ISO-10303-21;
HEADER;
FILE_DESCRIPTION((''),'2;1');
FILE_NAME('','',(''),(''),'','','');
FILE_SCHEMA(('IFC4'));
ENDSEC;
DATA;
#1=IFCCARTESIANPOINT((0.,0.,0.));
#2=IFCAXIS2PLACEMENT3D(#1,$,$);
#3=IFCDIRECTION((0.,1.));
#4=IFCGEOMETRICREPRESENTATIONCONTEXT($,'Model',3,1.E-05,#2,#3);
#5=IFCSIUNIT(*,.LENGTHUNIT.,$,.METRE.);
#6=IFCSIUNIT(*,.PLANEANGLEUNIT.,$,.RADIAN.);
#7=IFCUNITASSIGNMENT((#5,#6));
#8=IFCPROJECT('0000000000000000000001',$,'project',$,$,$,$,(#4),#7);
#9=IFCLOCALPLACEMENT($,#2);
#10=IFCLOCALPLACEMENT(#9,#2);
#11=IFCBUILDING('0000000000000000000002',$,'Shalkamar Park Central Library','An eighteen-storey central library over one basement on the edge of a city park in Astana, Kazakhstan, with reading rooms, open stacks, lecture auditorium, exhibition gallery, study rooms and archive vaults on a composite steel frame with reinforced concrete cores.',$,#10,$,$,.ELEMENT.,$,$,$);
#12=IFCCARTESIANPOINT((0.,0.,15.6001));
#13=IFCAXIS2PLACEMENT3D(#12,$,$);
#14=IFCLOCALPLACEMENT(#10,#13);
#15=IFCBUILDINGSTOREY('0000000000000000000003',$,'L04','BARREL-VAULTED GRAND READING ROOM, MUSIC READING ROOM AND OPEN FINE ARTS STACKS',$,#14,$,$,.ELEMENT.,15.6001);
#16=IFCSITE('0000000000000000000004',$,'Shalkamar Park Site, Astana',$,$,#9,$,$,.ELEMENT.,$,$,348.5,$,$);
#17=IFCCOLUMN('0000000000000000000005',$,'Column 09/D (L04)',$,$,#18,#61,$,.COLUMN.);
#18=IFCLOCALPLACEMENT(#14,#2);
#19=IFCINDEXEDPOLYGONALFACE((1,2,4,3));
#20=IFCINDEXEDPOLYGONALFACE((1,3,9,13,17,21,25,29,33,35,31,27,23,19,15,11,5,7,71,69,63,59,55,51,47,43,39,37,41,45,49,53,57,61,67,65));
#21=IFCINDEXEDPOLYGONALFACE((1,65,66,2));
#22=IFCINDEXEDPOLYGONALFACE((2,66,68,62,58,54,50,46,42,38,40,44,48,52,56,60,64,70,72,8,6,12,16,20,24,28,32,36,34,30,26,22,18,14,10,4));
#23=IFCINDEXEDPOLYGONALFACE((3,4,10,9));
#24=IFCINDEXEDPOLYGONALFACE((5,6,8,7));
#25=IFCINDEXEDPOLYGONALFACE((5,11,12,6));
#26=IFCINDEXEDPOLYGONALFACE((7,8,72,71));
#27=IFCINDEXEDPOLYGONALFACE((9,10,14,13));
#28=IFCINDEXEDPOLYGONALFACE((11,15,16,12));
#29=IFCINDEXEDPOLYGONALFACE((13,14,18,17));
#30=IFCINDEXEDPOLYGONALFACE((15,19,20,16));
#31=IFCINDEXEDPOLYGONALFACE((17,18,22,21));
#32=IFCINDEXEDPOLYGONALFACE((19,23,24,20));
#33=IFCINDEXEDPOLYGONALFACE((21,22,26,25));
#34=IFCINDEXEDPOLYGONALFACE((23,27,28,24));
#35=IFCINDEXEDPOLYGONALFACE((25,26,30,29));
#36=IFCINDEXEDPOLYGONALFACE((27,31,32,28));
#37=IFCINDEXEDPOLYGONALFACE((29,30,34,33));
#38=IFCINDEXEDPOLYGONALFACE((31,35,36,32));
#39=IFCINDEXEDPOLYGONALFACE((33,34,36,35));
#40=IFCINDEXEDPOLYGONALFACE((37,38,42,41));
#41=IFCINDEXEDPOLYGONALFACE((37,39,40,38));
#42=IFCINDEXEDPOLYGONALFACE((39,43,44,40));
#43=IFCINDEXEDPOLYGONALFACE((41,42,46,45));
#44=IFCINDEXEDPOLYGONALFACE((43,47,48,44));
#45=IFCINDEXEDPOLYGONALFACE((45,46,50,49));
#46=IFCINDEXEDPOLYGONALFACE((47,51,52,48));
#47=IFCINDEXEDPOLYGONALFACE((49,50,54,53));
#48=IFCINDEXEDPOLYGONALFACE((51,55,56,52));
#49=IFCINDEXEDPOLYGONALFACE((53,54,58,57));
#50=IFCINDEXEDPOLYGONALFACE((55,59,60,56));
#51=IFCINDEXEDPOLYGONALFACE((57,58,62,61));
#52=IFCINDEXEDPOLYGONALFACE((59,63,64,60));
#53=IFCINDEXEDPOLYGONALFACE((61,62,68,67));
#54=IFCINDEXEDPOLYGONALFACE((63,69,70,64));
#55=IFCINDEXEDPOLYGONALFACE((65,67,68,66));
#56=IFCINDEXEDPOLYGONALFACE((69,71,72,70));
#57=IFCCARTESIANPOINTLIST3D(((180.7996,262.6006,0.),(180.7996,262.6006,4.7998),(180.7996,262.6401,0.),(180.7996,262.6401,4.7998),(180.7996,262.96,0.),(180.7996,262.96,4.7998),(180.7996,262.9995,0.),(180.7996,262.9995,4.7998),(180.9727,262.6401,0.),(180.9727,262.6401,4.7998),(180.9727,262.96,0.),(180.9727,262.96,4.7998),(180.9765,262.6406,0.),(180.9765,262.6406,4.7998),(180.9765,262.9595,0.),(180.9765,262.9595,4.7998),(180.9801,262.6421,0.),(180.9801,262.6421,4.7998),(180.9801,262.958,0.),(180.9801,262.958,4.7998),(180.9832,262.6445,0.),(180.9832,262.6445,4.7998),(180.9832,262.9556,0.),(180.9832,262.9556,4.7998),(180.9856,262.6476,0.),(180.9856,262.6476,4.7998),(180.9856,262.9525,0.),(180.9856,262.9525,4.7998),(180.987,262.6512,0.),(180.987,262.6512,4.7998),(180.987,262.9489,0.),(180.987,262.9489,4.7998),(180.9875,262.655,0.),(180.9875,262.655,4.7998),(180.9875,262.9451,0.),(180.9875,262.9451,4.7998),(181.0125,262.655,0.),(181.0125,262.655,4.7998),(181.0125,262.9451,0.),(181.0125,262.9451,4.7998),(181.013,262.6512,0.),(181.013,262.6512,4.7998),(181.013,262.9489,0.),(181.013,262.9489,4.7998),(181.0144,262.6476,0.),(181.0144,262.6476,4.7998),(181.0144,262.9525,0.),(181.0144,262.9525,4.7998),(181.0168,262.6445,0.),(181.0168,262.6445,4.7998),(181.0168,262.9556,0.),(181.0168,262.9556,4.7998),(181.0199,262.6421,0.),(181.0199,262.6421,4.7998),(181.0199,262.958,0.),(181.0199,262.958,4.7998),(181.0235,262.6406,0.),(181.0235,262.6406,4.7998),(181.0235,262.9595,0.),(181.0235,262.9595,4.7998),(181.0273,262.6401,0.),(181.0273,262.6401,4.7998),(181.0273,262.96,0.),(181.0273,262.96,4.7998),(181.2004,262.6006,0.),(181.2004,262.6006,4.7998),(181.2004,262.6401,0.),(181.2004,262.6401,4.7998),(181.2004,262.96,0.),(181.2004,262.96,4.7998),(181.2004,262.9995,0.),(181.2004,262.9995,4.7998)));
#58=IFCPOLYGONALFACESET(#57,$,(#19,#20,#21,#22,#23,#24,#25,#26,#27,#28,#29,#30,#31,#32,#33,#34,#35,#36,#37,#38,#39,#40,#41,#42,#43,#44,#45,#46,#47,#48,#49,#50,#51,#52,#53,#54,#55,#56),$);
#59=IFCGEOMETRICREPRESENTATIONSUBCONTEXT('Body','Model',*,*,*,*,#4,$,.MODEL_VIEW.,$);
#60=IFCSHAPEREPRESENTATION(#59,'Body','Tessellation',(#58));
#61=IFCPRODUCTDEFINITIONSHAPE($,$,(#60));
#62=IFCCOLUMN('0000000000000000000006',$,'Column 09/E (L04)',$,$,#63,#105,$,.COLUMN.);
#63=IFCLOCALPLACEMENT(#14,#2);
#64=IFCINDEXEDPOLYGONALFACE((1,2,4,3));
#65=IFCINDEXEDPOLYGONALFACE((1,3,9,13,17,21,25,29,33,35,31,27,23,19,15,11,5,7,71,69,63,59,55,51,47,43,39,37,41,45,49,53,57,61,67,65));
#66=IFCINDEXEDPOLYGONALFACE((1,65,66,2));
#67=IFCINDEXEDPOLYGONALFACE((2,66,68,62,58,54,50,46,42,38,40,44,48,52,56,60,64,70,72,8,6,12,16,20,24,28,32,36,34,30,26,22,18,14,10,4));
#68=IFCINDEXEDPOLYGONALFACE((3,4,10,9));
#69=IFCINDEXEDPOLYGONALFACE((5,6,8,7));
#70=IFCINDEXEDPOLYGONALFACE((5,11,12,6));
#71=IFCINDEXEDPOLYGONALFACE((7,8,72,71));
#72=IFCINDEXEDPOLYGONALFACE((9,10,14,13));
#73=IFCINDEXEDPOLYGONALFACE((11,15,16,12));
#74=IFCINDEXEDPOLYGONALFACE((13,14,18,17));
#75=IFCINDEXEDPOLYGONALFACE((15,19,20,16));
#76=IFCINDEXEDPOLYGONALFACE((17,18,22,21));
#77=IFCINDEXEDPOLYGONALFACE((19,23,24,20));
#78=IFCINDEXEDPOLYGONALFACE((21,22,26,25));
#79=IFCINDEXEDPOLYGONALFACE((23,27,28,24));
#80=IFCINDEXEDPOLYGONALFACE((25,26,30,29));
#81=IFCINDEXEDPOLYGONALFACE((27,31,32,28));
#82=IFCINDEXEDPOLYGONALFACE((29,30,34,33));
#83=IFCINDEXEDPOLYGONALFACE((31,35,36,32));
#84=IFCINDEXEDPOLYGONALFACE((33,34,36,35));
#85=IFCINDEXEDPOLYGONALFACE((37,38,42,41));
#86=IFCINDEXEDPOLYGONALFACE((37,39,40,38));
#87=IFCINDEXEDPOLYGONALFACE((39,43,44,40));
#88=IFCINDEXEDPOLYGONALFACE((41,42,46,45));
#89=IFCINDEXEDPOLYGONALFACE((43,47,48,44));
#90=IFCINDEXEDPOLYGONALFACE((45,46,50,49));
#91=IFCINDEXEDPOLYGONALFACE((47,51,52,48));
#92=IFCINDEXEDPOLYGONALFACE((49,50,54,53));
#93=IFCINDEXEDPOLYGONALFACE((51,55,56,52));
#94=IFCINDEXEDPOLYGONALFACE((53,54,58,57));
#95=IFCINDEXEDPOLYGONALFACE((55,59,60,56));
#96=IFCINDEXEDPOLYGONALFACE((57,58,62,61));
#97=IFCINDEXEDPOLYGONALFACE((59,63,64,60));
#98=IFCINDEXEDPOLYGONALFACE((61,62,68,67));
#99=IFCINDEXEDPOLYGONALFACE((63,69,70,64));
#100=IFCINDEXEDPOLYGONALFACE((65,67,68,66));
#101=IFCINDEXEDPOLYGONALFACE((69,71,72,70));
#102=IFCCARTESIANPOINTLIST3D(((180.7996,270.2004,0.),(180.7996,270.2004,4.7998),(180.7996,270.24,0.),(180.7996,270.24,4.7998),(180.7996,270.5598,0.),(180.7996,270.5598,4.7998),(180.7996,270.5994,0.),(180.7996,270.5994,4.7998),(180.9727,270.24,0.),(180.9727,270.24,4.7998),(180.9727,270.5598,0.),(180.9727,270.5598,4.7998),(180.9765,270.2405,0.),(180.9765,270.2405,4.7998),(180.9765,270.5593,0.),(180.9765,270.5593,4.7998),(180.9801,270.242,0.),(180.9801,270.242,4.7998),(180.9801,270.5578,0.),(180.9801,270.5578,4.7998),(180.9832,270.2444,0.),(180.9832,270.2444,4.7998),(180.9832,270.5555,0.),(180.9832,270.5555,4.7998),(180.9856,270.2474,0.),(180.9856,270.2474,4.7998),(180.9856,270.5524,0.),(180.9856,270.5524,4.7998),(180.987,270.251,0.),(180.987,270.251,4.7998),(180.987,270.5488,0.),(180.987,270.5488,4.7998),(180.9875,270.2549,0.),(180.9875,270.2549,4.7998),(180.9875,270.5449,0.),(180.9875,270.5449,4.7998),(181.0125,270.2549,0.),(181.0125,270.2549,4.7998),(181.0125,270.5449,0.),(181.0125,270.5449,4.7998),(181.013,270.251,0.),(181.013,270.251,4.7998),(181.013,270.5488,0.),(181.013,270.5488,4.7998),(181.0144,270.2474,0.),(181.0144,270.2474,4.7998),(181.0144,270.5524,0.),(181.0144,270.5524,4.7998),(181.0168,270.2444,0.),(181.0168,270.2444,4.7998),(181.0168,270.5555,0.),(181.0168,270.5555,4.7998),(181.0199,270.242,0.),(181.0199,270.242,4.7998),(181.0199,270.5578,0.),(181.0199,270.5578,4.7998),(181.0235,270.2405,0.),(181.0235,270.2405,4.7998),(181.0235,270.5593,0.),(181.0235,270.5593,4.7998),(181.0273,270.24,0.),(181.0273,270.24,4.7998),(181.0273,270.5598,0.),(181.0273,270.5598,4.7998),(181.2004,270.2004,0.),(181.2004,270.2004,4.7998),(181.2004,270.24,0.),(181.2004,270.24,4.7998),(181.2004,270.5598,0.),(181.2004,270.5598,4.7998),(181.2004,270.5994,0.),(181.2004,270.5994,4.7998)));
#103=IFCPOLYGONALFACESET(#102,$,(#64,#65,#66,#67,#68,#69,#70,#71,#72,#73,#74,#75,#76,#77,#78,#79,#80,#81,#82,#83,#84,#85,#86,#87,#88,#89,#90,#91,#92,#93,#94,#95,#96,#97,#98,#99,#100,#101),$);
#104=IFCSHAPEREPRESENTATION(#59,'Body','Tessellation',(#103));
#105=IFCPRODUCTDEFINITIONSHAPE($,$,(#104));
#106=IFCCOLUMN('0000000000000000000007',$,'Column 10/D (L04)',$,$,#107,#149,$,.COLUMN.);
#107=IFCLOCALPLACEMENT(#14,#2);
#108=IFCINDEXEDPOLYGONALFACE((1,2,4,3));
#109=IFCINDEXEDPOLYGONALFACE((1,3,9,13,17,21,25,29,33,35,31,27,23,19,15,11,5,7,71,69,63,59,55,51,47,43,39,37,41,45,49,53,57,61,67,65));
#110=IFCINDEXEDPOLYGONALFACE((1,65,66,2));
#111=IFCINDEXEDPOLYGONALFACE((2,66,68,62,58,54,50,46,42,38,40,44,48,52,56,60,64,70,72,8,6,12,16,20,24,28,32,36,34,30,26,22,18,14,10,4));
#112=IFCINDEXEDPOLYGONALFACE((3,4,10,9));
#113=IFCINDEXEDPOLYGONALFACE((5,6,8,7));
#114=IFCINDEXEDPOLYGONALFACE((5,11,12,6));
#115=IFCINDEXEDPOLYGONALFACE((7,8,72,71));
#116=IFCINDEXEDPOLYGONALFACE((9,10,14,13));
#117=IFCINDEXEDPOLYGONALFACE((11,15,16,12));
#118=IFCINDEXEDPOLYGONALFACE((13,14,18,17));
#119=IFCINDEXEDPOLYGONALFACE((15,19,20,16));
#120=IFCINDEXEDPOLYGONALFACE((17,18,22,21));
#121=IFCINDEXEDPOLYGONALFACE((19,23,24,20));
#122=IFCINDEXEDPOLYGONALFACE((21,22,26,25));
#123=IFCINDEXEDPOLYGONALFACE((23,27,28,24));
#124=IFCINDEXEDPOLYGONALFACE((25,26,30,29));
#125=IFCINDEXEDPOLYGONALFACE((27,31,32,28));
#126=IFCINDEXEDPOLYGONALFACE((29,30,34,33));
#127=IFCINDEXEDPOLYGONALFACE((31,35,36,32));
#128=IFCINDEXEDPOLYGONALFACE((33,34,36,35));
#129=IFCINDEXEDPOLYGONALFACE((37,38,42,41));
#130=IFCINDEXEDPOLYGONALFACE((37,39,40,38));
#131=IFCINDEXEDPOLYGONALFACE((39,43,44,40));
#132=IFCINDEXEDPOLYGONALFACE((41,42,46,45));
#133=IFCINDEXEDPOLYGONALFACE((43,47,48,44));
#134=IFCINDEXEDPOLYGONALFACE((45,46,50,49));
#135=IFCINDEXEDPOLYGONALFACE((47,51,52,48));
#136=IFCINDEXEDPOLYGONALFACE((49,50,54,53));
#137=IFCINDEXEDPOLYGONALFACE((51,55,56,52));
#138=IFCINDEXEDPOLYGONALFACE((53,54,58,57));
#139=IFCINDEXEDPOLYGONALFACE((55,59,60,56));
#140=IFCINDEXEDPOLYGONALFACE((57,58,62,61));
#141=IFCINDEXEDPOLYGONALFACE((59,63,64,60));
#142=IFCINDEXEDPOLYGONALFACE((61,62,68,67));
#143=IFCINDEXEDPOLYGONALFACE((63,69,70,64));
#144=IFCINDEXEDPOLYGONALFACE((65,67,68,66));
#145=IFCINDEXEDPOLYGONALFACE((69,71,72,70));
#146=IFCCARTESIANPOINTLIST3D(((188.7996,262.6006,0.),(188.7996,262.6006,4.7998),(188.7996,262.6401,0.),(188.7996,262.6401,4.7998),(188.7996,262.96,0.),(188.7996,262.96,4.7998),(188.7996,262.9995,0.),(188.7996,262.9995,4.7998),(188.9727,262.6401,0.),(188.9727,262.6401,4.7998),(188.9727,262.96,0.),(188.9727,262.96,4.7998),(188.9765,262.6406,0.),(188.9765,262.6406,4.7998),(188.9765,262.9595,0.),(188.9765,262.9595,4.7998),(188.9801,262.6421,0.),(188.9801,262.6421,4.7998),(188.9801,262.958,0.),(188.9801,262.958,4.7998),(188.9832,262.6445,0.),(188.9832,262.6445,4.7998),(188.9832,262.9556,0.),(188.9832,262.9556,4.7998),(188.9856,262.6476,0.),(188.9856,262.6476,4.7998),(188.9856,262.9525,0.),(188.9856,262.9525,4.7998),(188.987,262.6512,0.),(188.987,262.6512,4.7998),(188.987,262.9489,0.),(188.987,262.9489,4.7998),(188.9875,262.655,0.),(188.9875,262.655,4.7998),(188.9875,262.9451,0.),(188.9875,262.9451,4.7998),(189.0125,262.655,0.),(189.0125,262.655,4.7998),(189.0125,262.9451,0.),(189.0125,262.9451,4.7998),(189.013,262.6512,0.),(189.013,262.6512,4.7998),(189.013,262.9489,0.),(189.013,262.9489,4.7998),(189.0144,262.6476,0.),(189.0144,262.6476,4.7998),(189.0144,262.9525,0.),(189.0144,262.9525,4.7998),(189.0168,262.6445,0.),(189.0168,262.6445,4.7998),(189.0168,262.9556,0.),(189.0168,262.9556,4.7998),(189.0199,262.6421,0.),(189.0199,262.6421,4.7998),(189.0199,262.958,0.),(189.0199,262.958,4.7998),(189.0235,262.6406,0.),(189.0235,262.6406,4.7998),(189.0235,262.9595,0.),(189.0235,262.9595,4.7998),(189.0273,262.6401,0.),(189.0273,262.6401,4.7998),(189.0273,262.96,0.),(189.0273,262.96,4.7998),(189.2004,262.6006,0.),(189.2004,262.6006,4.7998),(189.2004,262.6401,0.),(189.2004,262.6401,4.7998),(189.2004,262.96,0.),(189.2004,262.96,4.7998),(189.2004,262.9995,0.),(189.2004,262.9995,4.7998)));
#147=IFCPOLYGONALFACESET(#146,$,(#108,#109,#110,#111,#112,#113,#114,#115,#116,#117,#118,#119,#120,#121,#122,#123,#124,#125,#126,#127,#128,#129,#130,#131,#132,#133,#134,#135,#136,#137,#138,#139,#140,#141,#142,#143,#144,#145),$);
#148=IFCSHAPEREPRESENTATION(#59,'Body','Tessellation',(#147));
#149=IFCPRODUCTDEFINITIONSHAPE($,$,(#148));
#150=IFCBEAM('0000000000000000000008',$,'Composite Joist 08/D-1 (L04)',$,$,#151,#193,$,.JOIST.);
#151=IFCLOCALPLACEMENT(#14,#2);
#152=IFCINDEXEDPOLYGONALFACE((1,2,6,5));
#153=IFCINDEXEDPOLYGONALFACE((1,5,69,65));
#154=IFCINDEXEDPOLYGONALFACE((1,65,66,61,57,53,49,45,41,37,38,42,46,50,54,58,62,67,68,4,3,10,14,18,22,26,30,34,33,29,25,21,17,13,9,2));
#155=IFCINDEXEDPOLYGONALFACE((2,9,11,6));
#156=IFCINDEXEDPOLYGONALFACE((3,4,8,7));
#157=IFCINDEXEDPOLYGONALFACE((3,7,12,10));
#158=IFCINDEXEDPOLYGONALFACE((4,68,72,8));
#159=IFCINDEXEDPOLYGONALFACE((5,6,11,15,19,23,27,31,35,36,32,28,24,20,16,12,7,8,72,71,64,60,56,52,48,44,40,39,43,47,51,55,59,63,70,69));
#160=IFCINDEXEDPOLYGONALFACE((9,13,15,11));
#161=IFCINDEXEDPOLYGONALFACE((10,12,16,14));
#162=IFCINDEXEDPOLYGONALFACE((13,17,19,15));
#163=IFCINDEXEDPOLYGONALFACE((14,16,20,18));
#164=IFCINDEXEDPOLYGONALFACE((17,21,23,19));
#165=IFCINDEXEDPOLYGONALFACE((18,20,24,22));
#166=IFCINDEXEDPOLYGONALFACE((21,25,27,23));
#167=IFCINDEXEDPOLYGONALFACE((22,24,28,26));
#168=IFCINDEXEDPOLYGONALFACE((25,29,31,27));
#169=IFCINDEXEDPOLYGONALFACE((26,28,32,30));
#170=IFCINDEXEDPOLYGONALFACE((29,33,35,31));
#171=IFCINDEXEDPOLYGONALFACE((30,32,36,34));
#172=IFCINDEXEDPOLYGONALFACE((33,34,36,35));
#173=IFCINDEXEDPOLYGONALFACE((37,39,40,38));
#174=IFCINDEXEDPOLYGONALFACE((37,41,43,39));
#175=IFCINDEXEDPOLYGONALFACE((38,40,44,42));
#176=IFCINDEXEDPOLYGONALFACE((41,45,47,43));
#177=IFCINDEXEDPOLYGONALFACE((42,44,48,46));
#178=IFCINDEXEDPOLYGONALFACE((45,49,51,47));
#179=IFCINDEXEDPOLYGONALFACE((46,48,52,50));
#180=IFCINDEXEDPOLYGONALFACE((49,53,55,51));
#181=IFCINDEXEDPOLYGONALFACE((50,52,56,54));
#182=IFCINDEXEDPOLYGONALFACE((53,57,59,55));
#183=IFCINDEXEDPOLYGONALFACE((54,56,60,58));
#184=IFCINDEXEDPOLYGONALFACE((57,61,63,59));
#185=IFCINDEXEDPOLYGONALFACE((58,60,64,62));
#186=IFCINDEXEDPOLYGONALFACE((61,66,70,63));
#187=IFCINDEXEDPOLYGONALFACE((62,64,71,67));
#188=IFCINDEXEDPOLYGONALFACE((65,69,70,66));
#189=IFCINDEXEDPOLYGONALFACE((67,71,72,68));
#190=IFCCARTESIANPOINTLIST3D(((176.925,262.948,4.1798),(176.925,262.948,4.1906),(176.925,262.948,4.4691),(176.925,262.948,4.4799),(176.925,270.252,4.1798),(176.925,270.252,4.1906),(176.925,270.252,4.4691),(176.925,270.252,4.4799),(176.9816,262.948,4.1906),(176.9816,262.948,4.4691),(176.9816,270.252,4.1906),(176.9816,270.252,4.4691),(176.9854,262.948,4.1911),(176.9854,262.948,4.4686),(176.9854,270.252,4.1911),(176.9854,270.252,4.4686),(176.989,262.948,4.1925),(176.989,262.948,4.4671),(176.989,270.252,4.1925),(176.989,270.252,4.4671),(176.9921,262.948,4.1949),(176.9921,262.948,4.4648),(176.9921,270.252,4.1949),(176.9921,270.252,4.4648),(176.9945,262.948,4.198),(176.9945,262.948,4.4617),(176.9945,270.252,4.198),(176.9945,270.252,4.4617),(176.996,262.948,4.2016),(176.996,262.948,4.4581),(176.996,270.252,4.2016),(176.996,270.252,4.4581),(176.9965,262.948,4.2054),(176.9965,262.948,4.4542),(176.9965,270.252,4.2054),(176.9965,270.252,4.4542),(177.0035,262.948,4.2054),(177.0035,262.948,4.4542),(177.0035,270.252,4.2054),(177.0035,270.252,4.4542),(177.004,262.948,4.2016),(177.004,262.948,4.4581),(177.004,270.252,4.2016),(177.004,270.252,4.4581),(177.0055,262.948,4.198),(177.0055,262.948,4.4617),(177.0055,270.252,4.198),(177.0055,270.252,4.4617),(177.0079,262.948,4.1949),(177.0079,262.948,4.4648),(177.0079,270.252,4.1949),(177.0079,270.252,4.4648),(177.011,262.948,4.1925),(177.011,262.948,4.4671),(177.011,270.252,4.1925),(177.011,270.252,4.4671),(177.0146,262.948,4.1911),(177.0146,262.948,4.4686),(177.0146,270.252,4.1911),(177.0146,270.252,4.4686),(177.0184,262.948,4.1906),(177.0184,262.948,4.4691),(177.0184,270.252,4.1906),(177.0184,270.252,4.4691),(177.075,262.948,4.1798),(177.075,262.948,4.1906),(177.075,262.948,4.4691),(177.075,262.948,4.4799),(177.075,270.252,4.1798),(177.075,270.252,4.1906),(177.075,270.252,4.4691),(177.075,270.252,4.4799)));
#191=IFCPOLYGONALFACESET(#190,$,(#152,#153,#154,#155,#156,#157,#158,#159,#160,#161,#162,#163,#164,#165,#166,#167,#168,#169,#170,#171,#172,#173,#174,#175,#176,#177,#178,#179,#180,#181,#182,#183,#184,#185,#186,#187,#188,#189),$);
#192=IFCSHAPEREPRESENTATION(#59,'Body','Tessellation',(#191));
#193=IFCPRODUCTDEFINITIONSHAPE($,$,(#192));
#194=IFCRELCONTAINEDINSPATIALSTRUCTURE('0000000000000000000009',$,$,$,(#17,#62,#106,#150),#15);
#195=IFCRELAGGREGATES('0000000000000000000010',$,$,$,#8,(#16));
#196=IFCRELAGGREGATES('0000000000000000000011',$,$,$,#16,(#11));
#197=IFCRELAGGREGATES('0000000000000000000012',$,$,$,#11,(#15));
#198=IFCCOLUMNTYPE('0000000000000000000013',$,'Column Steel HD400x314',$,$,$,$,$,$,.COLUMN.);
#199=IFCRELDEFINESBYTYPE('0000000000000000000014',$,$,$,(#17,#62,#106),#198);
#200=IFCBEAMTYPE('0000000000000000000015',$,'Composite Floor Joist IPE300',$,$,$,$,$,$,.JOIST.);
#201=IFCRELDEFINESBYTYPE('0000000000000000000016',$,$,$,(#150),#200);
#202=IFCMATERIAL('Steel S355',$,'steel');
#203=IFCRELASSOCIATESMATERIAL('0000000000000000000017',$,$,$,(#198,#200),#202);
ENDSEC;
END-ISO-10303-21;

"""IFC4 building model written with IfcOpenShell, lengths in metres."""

from ifc_helpers import new_model, si_unit, direction, frame, origin, origin_2d, place, context, subcontext, project, spatial, i_section, extrude, material, material_profile, profile_set, type_object, element, save


model = new_model("IFC4")

# Units and contexts
model_context = context("Model", 3, precision=1e-05, world=origin(), true_north=direction((0.0, 1.0)))
body_context = subcontext(model_context, "Body", "Model", "MODEL_VIEW")
ifc_project = project(units=[si_unit("LENGTHUNIT", "METRE"), si_unit("PLANEANGLEUNIT", "RADIAN")], contexts=[model_context])

# Site, building, storey
site_placement = place(None, origin())
site = spatial("IfcSite", under=ifc_project, at=site_placement, Name="Shalkamar Park Site, Astana", CompositionType="ELEMENT", RefElevation=348.5)
building_placement = place(site_placement, origin())
building = spatial("IfcBuilding", under=site, at=building_placement, Name="Shalkamar Park Central Library", Description="An eighteen-storey central library over one basement on the edge of a city park in Astana, Kazakhstan, with reading rooms, open stacks, lecture auditorium, exhibition gallery, study rooms and archive vaults on a composite steel frame with reinforced concrete cores.", CompositionType="ELEMENT")
storey_placement = place(building_placement, frame((0.0, 0.0, 15.6001)))
storey = spatial("IfcBuildingStorey", under=building, at=storey_placement, Name="L04", Description="BARREL-VAULTED GRAND READING ROOM, MUSIC READING ROOM AND OPEN FINE ARTS STACKS", CompositionType="ELEMENT", Elevation=15.6001)

# Columns
ifc_material_1 = material(Name="Steel S355", Category="steel")
ifc_material_profile_1 = material_profile(ifc_material_1, i_section(OverallWidth=0.4009, OverallDepth=0.3989, WebThickness=0.0249, FlangeThickness=0.0396, FilletRadius=0.0149, at=origin_2d()), Name="HD 400x314")
ifc_profile_set_1 = profile_set([ifc_material_profile_1], Name="Steel S355")
column_type = type_object("IfcColumnType", Name="Column Steel HD400x314", PredefinedType="COLUMN", material=ifc_profile_set_1)
for number, where, z_axis, x_axis, name in (
    (1, (181.0, 262.8, 0.0), (0.0, 0.0, 1.0), (1.0, 0.0, 0.0), "Column 09/D (L04)"),
    (2, (181.0, 270.3999, 0.0), (0.0, 0.0, 1.0), (1.0, 0.0, 0.0), "Column 09/E (L04)"),
    (3, (189.0, 262.8, 0.0), (0.0, 0.0, 1.0), (1.0, 0.0, 0.0), "Column 10/D (L04)"),
):
    element("IfcColumn", number, at=place(storey_placement, frame(where, z_axis=z_axis, x_axis=x_axis)), inside=storey, type_object=column_type, Name=name, PredefinedType="COLUMN", context=body_context, shape_type="SweptSolid", body=[
        extrude(i_section(OverallWidth=0.4009, OverallDepth=0.3989, WebThickness=0.0249, FlangeThickness=0.0396, FilletRadius=0.0149, at=origin_2d()), origin(), (0.0, 0.0, 1.0), 4.7998),
    ])

# Beam
ifc_material_profile_2 = material_profile(ifc_material_1, i_section(OverallWidth=0.1499, OverallDepth=0.3, WebThickness=0.0071, FlangeThickness=0.0107, FilletRadius=0.0149, at=origin_2d()), Name="IPE 300")
ifc_profile_set_2 = profile_set([ifc_material_profile_2], Name="Steel S355")
beam_type_1 = type_object("IfcBeamType", Name="Composite Floor Joist IPE300", PredefinedType="JOIST", material=ifc_profile_set_2)
for number, where, z_axis, x_axis, name in (
    (4, (177.0, 262.948, 4.3298), (0.0, 1.0, 0.0), (-1.0, 0.0, 0.0), "Composite Joist 08/D-1 (L04)"),
):
    element("IfcBeam", number, at=place(storey_placement, frame(where, z_axis=z_axis, x_axis=x_axis)), inside=storey, type_object=beam_type_1, Name=name, PredefinedType="JOIST", context=body_context, shape_type="SweptSolid", body=[
        extrude(i_section(OverallWidth=0.1499, OverallDepth=0.3, WebThickness=0.0071, FlangeThickness=0.0107, FilletRadius=0.0149, at=origin_2d()), origin(), (0.0, 0.0, 1.0), 7.304),
    ])

save(model, "model.ifc")
